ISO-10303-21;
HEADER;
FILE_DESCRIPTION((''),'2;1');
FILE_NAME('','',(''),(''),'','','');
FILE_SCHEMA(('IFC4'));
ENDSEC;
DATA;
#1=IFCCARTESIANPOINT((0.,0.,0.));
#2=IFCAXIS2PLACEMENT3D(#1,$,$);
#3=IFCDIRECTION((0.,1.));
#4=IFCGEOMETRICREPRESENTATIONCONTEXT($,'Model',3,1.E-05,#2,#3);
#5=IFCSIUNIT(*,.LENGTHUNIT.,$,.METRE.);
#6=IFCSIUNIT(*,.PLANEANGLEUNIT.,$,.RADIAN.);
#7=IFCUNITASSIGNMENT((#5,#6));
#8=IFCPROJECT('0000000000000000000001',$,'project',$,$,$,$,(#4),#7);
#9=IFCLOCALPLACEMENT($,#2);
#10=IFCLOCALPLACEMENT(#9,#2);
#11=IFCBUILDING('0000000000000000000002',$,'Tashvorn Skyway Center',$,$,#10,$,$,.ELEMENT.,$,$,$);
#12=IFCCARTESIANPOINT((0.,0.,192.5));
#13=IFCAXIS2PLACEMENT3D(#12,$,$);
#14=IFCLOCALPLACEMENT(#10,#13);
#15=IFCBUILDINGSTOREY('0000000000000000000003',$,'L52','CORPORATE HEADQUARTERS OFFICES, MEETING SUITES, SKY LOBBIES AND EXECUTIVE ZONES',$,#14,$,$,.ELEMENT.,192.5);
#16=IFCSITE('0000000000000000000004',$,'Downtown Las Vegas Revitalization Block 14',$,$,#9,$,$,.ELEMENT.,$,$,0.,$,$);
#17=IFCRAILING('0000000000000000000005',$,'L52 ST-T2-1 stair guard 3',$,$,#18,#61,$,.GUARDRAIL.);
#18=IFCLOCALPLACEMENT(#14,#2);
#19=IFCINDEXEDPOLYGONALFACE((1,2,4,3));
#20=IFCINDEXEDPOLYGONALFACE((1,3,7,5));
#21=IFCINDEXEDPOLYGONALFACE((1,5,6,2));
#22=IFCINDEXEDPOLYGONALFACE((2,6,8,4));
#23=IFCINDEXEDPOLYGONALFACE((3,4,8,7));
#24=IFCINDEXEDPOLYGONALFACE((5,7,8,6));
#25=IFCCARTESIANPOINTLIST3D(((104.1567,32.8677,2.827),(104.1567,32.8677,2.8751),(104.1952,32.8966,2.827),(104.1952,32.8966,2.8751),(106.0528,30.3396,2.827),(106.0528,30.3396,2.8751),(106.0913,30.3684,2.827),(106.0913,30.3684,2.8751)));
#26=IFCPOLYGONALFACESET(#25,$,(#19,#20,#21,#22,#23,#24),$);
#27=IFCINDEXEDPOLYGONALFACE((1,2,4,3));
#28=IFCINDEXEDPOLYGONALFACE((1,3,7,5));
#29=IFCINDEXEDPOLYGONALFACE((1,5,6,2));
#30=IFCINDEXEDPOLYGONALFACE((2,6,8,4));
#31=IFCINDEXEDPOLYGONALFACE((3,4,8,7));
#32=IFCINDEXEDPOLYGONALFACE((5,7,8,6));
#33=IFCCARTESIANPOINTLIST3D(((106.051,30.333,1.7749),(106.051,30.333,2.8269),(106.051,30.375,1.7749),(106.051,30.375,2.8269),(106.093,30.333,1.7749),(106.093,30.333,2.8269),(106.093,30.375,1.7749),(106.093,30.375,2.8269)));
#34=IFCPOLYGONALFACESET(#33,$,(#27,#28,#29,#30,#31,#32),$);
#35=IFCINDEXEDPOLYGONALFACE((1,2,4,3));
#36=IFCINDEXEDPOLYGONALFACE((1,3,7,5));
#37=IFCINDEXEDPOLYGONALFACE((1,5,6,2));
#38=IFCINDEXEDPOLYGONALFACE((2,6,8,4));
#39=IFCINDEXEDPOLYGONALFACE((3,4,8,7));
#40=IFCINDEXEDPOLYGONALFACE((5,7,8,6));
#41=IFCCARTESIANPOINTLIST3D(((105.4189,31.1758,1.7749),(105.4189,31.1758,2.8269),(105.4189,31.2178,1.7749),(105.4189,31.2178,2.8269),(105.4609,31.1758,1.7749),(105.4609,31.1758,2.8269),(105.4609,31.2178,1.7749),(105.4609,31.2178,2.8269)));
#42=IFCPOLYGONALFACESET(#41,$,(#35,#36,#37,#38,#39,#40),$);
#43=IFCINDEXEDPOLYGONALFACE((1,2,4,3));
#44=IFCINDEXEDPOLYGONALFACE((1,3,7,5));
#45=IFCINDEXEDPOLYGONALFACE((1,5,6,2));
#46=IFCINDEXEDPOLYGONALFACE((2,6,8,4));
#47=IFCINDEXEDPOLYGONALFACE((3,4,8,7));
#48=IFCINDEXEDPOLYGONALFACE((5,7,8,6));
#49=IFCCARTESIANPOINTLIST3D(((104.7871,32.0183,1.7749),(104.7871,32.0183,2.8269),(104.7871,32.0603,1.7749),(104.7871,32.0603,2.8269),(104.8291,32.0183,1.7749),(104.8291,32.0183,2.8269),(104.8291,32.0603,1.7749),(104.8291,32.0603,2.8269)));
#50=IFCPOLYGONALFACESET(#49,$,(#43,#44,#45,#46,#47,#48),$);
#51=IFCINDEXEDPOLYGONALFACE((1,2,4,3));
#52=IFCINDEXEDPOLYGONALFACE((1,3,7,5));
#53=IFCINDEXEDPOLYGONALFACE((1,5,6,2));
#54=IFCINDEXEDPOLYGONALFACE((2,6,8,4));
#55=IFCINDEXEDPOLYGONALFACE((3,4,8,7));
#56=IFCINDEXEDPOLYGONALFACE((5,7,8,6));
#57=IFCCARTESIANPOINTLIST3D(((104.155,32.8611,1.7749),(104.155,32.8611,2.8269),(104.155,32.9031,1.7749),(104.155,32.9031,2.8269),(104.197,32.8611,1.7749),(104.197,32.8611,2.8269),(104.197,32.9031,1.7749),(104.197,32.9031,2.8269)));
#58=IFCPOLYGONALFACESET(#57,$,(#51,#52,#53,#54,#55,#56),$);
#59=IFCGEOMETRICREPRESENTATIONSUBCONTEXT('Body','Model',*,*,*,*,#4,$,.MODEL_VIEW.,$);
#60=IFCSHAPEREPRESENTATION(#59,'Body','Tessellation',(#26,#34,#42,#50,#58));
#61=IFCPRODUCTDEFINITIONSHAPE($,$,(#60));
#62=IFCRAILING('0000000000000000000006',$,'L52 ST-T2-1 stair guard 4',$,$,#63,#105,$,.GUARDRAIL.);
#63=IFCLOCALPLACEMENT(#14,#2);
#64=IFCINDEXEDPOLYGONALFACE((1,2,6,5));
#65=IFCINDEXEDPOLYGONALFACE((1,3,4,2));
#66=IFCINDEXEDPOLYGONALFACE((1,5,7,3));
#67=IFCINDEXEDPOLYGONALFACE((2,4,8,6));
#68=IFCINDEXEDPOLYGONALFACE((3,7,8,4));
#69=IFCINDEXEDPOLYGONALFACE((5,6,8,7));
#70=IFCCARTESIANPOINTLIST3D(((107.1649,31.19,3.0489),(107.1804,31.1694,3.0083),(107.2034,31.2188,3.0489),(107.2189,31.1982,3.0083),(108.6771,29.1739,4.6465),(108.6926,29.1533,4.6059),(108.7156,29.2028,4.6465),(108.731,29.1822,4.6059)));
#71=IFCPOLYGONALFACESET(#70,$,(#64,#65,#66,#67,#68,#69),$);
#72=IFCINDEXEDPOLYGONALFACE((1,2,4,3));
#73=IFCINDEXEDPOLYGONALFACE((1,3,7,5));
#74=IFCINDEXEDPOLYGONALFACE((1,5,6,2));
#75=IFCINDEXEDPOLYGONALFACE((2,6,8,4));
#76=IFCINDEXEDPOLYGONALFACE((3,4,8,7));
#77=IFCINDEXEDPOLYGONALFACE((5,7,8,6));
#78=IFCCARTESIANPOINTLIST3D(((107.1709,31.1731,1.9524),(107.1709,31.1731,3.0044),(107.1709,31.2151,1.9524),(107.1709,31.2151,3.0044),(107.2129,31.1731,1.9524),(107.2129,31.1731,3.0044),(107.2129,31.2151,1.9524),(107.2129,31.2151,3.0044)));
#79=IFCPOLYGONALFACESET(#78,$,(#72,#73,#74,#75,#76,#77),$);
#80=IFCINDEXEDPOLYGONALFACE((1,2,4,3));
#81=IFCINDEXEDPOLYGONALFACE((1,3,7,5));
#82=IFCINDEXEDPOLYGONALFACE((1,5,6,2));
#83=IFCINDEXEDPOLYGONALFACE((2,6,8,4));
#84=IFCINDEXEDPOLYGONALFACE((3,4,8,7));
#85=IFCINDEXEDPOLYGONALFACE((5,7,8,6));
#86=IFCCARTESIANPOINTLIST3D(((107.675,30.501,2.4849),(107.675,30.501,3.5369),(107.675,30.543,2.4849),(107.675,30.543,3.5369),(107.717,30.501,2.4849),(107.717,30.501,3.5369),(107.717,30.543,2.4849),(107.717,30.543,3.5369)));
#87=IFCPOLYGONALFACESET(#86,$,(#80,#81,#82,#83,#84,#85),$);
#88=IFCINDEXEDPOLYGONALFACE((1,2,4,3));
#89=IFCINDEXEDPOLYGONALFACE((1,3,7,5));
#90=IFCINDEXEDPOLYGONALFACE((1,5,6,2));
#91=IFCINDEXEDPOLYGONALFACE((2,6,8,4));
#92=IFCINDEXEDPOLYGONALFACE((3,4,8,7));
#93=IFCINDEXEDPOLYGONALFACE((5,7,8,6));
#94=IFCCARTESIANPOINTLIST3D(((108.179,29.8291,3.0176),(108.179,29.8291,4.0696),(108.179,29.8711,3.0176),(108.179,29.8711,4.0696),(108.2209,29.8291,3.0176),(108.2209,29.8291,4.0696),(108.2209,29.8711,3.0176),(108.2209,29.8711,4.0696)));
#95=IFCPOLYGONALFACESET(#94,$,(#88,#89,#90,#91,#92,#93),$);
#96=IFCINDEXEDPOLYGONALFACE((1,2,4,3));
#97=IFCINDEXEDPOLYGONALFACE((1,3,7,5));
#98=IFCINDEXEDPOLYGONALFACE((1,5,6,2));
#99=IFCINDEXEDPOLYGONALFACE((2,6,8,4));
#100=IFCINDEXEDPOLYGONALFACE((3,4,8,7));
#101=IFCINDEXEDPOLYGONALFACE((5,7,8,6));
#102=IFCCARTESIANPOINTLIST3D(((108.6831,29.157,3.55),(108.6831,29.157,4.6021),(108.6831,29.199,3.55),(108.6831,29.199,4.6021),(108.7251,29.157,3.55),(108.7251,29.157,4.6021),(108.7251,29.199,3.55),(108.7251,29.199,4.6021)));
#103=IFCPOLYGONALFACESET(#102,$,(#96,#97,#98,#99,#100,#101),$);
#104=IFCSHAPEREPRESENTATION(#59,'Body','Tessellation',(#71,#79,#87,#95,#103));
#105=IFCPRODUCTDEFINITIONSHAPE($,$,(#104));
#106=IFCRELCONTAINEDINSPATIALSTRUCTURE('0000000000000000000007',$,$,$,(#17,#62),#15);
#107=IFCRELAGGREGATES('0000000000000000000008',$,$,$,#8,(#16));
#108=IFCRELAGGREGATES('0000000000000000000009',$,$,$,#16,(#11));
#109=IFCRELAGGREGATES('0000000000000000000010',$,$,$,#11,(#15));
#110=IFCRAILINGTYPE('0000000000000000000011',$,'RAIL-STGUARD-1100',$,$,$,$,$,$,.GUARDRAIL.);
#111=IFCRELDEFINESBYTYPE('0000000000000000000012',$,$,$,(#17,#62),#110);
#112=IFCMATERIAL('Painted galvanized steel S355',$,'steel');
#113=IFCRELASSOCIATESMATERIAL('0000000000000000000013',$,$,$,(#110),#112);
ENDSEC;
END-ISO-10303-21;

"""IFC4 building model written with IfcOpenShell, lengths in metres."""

from ifc_helpers import new_model, si_unit, direction, frame, origin, origin_2d, place, context, subcontext, project, spatial, rectangle, extrude, material, type_object, element, save


model = new_model("IFC4")

# Units and contexts
model_context = context("Model", 3, precision=1e-05, world=origin(), true_north=direction((0.0, 1.0)))
body_context = subcontext(model_context, "Body", "Model", "MODEL_VIEW")
ifc_project = project(units=[si_unit("LENGTHUNIT", "METRE"), si_unit("PLANEANGLEUNIT", "RADIAN")], contexts=[model_context])

# Site, building, storey
site_placement = place(None, origin())
site = spatial("IfcSite", under=ifc_project, at=site_placement, Name="Downtown Las Vegas Revitalization Block 14", CompositionType="ELEMENT", RefElevation=0.0)
building_placement = place(site_placement, origin())
building = spatial("IfcBuilding", under=site, at=building_placement, Name="Tashvorn Skyway Center", CompositionType="ELEMENT")
storey_placement = place(building_placement, frame((0.0, 0.0, 192.5)))
storey = spatial("IfcBuildingStorey", under=building, at=storey_placement, Name="L52", Description="CORPORATE HEADQUARTERS OFFICES, MEETING SUITES, SKY LOBBIES AND EXECUTIVE ZONES", CompositionType="ELEMENT", Elevation=192.5)

# Railings
ifc_material_1 = material(Name="Painted galvanized steel S355", Category="steel")
railing_type_1 = type_object("IfcRailingType", Name="RAIL-STGUARD-1100", PredefinedType="GUARDRAIL", material=ifc_material_1)
railing_1_placement = place(storey_placement, frame((106.072, 30.354, 1.7749)))
element("IfcRailing", 1, at=railing_1_placement, inside=storey, type_object=railing_type_1, Name="L52 ST-T2-1 stair guard 3", PredefinedType="GUARDRAIL", context=body_context, shape_type="SweptSolid", body=[
    extrude(rectangle(XDim=0.0481, YDim=0.0481, at=origin_2d()), frame((0.0, 0.0, 1.0762), z_axis=(-0.599988, 0.800009, 0.0), x_axis=(-0.800009, -0.599988, 0.0)), (0.0, 0.0, 1.0), 3.1602),
    extrude(rectangle(XDim=0.042, YDim=0.042, at=origin_2d()), origin(), (0.0, 0.0, 1.0), 1.052),
    extrude(rectangle(XDim=0.042, YDim=0.042, at=origin_2d()), frame((-0.6321, 0.8428, 0.0)), (0.0, 0.0, 1.0), 1.052),
    extrude(rectangle(XDim=0.042, YDim=0.042, at=origin_2d()), frame((-1.2639, 1.6853, 0.0)), (0.0, 0.0, 1.0), 1.052),
    extrude(rectangle(XDim=0.042, YDim=0.042, at=origin_2d()), frame((-1.896, 2.5281, 0.0)), (0.0, 0.0, 1.0), 1.052),
])
railing_2_placement = place(storey_placement, frame((107.1919, 31.1941, 1.9524)))
element("IfcRailing", 2, at=railing_2_placement, inside=storey, type_object=railing_type_1, Name="L52 ST-T2-1 stair guard 4", PredefinedType="GUARDRAIL", context=body_context, shape_type="SweptSolid", body=[
    extrude(rectangle(XDim=0.0481, YDim=0.0481, at=origin_2d()), frame((0.0, 0.0, 1.0762), z_axis=(0.506779, -0.675651, 0.535416), x_axis=(0.799977, 0.600031, 0.0)), (0.0, 0.0, 1.0), 2.9839),
    extrude(rectangle(XDim=0.042, YDim=0.042, at=origin_2d()), origin(), (0.0, 0.0, 1.0), 1.052),
    extrude(rectangle(XDim=0.042, YDim=0.042, at=origin_2d()), frame((0.5042, -0.6721, 0.5325)), (0.0, 0.0, 1.0), 1.052),
    extrude(rectangle(XDim=0.042, YDim=0.042, at=origin_2d()), frame((1.0081, -1.344, 1.0652)), (0.0, 0.0, 1.0), 1.052),
    extrude(rectangle(XDim=0.042, YDim=0.042, at=origin_2d()), frame((1.5122, -2.0161, 1.5977)), (0.0, 0.0, 1.0), 1.052),
])

save(model, "model.ifc")
